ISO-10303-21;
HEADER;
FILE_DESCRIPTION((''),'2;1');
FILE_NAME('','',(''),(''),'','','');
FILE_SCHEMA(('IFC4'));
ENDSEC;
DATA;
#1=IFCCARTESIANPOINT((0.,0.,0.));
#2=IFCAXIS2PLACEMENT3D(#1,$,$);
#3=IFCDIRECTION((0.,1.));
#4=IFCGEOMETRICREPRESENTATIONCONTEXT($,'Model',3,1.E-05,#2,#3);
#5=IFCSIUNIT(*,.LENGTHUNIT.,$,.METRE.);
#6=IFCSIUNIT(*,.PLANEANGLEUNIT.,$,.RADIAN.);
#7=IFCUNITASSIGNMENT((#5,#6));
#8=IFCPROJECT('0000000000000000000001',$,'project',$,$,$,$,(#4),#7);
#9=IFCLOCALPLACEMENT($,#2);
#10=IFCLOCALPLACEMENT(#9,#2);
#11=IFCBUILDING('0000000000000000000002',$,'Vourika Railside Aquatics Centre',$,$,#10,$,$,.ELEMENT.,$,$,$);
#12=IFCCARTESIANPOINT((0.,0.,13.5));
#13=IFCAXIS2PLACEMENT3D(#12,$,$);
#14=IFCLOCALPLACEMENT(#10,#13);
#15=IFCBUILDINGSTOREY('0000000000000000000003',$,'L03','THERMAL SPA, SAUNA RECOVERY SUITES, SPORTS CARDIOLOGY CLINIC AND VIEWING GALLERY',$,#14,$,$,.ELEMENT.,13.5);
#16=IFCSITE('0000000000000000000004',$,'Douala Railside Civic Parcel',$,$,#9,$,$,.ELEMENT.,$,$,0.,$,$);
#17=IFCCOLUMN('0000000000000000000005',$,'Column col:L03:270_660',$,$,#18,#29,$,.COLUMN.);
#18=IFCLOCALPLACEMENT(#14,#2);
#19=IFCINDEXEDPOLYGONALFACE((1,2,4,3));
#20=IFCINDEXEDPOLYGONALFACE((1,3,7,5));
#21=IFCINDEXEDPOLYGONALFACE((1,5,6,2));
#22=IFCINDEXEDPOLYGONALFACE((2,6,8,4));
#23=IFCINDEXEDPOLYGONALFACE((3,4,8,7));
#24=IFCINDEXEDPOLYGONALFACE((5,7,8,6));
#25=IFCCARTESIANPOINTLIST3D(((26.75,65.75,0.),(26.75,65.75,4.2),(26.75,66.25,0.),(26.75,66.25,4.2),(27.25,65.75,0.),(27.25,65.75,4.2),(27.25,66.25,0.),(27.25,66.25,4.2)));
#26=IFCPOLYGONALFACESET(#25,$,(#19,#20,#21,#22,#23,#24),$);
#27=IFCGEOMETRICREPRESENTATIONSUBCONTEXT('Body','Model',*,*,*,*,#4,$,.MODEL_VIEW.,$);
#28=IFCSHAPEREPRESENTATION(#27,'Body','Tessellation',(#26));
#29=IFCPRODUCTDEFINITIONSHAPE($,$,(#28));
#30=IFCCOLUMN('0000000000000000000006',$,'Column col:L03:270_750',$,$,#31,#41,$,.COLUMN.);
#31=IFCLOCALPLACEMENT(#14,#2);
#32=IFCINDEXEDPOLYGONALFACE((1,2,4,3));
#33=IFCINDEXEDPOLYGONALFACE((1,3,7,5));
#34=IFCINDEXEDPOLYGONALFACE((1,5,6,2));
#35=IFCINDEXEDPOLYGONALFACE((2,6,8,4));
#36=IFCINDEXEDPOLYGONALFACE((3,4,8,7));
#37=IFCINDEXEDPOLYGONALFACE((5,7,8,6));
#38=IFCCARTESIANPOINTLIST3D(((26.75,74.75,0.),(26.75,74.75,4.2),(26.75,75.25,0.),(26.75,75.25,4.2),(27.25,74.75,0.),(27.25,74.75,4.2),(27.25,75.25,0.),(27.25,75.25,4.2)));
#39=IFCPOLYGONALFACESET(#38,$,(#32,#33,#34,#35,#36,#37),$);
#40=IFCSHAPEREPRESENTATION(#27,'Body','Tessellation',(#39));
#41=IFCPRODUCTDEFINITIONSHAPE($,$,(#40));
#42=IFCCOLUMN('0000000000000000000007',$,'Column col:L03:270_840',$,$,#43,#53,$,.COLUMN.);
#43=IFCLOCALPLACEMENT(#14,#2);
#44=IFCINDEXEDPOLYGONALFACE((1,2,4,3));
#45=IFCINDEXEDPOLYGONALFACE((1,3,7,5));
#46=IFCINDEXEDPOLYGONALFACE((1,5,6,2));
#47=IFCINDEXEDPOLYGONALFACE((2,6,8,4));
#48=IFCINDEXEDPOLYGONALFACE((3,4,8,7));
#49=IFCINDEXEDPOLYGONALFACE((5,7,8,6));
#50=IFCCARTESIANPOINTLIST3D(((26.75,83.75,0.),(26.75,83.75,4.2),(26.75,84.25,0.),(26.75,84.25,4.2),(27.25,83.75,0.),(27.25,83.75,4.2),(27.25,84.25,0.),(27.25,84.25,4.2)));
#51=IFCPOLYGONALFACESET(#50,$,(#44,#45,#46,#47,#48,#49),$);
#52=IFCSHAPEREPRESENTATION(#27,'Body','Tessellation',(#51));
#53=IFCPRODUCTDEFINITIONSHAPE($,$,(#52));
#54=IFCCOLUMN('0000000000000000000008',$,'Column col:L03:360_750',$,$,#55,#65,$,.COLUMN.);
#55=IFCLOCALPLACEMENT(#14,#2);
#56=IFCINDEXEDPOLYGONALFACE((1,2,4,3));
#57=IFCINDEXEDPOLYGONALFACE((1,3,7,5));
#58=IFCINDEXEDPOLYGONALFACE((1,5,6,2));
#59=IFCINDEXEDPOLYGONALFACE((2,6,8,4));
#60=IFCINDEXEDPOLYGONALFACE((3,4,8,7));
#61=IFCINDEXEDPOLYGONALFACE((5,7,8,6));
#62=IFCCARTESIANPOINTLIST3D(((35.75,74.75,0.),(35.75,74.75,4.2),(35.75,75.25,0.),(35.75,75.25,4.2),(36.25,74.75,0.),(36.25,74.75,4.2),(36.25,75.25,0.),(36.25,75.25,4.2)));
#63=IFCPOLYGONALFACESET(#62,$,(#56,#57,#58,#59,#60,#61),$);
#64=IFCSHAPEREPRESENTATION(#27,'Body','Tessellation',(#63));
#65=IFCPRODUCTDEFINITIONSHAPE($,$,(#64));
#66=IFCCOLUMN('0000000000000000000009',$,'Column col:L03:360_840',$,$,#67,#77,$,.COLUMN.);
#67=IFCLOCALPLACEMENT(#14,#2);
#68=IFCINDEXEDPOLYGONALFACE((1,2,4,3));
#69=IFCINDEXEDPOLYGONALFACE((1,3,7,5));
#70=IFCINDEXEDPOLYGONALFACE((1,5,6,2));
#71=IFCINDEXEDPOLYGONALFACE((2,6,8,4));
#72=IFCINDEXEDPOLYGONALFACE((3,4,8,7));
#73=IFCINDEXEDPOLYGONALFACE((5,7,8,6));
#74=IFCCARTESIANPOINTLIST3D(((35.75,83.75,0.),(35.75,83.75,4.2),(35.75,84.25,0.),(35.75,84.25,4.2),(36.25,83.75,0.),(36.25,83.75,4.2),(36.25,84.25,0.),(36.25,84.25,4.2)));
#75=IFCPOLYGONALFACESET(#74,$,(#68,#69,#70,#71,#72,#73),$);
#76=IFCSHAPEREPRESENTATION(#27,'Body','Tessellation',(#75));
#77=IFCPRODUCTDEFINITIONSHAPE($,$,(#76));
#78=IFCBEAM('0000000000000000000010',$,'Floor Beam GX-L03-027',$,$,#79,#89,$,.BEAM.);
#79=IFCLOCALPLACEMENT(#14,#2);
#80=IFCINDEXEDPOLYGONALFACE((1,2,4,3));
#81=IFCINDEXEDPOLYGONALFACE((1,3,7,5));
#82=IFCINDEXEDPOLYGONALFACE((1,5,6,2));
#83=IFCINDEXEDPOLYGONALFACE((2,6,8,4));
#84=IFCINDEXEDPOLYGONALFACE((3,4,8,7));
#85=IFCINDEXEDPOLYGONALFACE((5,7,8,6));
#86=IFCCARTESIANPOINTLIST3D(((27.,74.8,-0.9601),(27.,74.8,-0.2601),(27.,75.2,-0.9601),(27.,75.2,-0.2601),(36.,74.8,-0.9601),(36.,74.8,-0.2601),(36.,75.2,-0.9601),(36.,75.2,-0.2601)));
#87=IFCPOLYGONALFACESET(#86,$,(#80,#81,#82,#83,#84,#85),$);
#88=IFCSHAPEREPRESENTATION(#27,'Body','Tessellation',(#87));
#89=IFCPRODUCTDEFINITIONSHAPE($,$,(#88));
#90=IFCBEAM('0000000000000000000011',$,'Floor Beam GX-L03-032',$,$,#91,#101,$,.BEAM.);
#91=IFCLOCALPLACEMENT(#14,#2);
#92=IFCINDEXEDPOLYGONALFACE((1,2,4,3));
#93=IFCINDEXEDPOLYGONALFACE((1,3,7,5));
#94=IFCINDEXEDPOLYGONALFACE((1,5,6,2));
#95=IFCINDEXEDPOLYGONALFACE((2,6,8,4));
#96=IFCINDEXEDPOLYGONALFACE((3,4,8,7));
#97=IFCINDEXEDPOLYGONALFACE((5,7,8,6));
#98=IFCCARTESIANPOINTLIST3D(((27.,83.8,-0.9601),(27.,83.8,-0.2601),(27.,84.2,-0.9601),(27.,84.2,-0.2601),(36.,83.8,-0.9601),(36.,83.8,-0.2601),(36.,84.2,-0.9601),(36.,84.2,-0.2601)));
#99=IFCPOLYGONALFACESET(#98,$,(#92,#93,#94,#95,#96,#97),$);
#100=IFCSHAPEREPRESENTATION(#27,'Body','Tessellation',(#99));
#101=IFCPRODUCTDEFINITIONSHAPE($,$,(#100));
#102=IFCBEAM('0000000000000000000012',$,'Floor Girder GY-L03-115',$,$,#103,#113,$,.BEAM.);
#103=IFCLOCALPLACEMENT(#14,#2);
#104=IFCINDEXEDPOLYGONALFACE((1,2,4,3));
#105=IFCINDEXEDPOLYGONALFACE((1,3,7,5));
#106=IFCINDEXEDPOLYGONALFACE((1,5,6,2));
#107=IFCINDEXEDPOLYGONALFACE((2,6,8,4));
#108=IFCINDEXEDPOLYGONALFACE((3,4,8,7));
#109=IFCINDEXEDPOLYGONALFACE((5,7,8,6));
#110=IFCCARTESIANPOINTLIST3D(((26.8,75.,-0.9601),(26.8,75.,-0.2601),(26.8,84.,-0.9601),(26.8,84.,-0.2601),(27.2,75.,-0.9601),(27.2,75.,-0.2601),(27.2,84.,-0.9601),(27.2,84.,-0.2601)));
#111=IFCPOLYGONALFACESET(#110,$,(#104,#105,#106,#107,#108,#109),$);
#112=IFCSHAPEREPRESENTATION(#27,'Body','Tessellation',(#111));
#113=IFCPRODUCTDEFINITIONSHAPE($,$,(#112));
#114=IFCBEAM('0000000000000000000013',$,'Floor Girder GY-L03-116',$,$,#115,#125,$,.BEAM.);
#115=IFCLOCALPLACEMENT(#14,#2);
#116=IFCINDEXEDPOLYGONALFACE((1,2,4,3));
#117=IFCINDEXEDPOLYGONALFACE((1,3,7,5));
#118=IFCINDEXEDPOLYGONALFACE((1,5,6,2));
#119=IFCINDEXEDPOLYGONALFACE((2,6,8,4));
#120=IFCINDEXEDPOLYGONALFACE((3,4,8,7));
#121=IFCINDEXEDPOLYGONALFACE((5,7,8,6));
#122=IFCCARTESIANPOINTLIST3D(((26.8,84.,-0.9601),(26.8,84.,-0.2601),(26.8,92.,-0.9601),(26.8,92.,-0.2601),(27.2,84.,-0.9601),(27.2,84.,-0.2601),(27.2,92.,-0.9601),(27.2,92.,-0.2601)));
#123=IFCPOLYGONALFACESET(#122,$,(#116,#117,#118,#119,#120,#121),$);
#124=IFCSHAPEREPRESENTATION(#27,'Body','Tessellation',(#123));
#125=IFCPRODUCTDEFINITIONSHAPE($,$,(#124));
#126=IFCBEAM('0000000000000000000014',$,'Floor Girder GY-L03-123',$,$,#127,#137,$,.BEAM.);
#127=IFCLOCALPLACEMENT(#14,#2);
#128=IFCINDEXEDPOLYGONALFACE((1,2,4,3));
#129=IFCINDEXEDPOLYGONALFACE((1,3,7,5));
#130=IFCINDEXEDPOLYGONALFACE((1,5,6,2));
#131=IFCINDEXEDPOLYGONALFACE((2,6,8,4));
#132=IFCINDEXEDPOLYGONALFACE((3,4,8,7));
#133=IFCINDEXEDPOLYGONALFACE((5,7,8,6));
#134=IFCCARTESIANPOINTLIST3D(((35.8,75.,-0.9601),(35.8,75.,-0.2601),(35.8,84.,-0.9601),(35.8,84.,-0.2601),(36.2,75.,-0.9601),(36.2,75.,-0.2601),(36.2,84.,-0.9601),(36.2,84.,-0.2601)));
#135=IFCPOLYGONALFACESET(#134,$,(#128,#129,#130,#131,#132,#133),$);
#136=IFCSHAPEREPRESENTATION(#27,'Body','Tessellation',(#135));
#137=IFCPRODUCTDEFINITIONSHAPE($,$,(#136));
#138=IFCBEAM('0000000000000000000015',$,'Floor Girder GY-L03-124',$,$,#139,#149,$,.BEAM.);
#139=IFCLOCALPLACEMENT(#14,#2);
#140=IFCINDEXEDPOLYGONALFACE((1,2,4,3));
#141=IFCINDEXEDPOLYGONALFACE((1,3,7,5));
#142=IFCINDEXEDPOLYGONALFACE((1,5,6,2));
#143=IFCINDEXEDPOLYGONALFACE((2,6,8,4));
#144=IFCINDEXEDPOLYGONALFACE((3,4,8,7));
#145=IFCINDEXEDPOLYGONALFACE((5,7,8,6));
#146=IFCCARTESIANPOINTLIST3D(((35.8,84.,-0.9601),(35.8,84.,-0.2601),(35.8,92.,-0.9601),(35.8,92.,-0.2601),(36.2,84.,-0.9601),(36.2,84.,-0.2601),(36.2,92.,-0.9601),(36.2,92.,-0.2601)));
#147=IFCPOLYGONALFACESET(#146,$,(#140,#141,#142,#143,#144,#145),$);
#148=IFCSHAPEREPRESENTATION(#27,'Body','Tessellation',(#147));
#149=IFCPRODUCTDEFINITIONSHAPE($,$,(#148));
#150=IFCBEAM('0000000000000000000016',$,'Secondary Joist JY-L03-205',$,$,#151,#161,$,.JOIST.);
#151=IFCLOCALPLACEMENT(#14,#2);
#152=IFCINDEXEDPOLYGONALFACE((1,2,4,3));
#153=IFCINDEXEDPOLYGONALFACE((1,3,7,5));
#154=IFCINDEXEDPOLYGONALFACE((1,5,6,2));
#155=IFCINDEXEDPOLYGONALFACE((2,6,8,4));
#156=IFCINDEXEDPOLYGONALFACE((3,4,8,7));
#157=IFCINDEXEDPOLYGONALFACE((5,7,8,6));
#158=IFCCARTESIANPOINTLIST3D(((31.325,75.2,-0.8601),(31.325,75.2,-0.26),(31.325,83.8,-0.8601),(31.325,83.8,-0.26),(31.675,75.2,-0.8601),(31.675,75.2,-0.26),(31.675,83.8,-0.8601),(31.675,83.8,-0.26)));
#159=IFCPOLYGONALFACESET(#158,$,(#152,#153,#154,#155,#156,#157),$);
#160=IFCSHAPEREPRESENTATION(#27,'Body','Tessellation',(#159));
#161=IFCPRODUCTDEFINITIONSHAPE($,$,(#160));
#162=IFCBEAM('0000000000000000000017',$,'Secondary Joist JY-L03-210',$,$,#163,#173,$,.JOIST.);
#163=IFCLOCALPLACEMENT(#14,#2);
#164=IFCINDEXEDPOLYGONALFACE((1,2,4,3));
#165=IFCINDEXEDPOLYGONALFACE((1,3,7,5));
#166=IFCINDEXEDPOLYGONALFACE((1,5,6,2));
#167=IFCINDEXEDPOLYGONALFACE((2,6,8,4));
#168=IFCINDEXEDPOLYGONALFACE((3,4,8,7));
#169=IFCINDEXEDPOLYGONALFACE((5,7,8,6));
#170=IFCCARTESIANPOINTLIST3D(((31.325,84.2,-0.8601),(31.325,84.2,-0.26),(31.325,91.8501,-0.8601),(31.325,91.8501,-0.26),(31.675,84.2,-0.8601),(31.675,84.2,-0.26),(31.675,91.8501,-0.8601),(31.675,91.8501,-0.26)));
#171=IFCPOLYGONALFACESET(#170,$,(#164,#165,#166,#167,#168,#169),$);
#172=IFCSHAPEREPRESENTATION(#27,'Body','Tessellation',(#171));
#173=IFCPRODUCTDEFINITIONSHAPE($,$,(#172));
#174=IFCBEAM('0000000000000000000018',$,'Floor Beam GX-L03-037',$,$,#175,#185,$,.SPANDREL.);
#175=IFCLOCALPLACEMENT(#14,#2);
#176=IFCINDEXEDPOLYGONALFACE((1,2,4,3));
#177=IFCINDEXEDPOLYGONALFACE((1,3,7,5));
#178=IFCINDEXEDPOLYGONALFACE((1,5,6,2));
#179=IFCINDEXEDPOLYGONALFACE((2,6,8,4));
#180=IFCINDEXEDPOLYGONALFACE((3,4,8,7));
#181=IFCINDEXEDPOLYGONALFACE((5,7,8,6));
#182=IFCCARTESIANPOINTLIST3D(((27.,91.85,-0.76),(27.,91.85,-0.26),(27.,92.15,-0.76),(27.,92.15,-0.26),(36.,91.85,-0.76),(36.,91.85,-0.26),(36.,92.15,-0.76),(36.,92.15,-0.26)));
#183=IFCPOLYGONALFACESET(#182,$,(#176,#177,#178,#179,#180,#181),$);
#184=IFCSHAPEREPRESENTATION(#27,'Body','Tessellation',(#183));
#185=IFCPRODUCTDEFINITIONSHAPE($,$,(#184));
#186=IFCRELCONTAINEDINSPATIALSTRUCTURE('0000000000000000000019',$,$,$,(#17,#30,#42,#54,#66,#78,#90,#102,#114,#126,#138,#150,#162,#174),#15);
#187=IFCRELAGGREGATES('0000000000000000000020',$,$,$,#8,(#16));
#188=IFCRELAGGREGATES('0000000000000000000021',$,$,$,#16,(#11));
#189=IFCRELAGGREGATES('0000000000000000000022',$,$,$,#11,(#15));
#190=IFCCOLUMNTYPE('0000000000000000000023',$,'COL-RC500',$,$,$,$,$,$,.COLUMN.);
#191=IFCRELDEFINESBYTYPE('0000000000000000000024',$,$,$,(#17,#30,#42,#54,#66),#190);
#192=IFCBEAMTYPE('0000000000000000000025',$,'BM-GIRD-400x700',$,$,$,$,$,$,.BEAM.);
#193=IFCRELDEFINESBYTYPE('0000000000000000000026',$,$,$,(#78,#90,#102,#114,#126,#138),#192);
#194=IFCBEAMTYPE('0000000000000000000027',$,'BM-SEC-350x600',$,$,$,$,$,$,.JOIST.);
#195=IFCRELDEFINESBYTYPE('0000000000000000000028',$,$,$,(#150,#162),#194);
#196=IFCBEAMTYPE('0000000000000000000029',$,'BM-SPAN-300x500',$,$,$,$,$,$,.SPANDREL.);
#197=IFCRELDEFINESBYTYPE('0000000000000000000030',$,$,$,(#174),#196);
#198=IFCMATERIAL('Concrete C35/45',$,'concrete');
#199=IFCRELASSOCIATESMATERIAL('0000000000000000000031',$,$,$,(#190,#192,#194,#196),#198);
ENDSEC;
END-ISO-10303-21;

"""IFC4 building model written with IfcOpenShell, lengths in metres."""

from ifc_helpers import new_model, si_unit, direction, frame, origin, origin_2d, place, context, subcontext, project, spatial, rectangle, extrude, material, material_profile, profile_set, type_object, element, save


model = new_model("IFC4")

# Units and contexts
model_context = context("Model", 3, precision=1e-05, world=origin(), true_north=direction((0.0, 1.0)))
body_context = subcontext(model_context, "Body", "Model", "MODEL_VIEW")
ifc_project = project(units=[si_unit("LENGTHUNIT", "METRE"), si_unit("PLANEANGLEUNIT", "RADIAN")], contexts=[model_context])

# Site, building, storey
site_placement = place(None, origin())
site = spatial("IfcSite", under=ifc_project, at=site_placement, Name="Douala Railside Civic Parcel", CompositionType="ELEMENT", RefElevation=0.0)
building_placement = place(site_placement, origin())
building = spatial("IfcBuilding", under=site, at=building_placement, Name="Vourika Railside Aquatics Centre", CompositionType="ELEMENT")
storey_placement = place(building_placement, frame((0.0, 0.0, 13.5)))
storey = spatial("IfcBuildingStorey", under=building, at=storey_placement, Name="L03", Description="THERMAL SPA, SAUNA RECOVERY SUITES, SPORTS CARDIOLOGY CLINIC AND VIEWING GALLERY", CompositionType="ELEMENT", Elevation=13.5)

# Columns
ifc_material_1 = material(Name="Concrete C35/45", Category="concrete")
ifc_material_profile_1 = material_profile(ifc_material_1, rectangle(XDim=0.5, YDim=0.5, at=origin_2d()), Name="RC 500x500")
ifc_profile_set_1 = profile_set([ifc_material_profile_1], Name="Concrete C35/45")
column_type = type_object("IfcColumnType", Name="COL-RC500", PredefinedType="COLUMN", material=ifc_profile_set_1)
for number, where, z_axis, x_axis, name in (
    (1, (27.0, 66.0, 0.0), (0.0, 0.0, 1.0), (1.0, 0.0, 0.0), "Column col:L03:270_660"),
    (2, (27.0, 75.0, 0.0), (0.0, 0.0, 1.0), (1.0, 0.0, 0.0), "Column col:L03:270_750"),
    (3, (27.0, 84.0, 0.0), (0.0, 0.0, 1.0), (1.0, 0.0, 0.0), "Column col:L03:270_840"),
    (4, (36.0, 75.0, 0.0), (0.0, 0.0, 1.0), (1.0, 0.0, 0.0), "Column col:L03:360_750"),
    (5, (36.0, 84.0, 0.0), (0.0, 0.0, 1.0), (1.0, 0.0, 0.0), "Column col:L03:360_840"),
):
    element("IfcColumn", number, at=place(storey_placement, frame(where, z_axis=z_axis, x_axis=x_axis)), inside=storey, type_object=column_type, Name=name, PredefinedType="COLUMN", context=body_context, shape_type="SweptSolid", body=[
        extrude(rectangle(XDim=0.5, YDim=0.5, at=origin_2d()), origin(), (0.0, 0.0, 1.0), 4.2),
    ])

# Beams
ifc_material_profile_2 = material_profile(ifc_material_1, rectangle(XDim=0.3999, YDim=0.7, at=origin_2d()), Name="RC 400x700")
ifc_profile_set_2 = profile_set([ifc_material_profile_2], Name="Concrete C35/45")
beam_type_1 = type_object("IfcBeamType", Name="BM-GIRD-400x700", PredefinedType="BEAM", material=ifc_profile_set_2)
for number, where, z_axis, x_axis, name in (
    (6, (27.0, 75.0, -0.6101), (1.0, 0.0, 0.0), (0.0, 1.0, 0.0), "Floor Beam GX-L03-027"),
    (7, (27.0, 84.0, -0.6101), (1.0, 0.0, 0.0), (0.0, 1.0, 0.0), "Floor Beam GX-L03-032"),
    (8, (27.0, 75.0, -0.6101), (0.0, 1.0, 0.0), (-1.0, 0.0, 0.0), "Floor Girder GY-L03-115"),
):
    element("IfcBeam", number, at=place(storey_placement, frame(where, z_axis=z_axis, x_axis=x_axis)), inside=storey, type_object=beam_type_1, Name=name, PredefinedType="BEAM", context=body_context, shape_type="SweptSolid", body=[
        extrude(rectangle(XDim=0.3999, YDim=0.7, at=origin_2d()), origin(), (0.0, 0.0, 1.0), 9.0),
    ])
beam_1_placement = place(storey_placement, frame((27.0, 84.0, -0.6101), z_axis=(0.0, 1.0, 0.0), x_axis=(-1.0, 0.0, 0.0)))
element("IfcBeam", 9, at=beam_1_placement, inside=storey, type_object=beam_type_1, Name="Floor Girder GY-L03-116", PredefinedType="BEAM", context=body_context, shape_type="SweptSolid", body=[
    extrude(rectangle(XDim=0.3999, YDim=0.7, at=origin_2d()), origin(), (0.0, 0.0, 1.0), 8.0),
])
beam_2_placement = place(storey_placement, frame((36.0, 75.0, -0.6101), z_axis=(0.0, 1.0, 0.0), x_axis=(-1.0, 0.0, 0.0)))
element("IfcBeam", 10, at=beam_2_placement, inside=storey, type_object=beam_type_1, Name="Floor Girder GY-L03-123", PredefinedType="BEAM", context=body_context, shape_type="SweptSolid", body=[
    extrude(rectangle(XDim=0.3999, YDim=0.7, at=origin_2d()), origin(), (0.0, 0.0, 1.0), 9.0),
])
beam_3_placement = place(storey_placement, frame((36.0, 84.0, -0.6101), z_axis=(0.0, 1.0, 0.0), x_axis=(-1.0, 0.0, 0.0)))
element("IfcBeam", 11, at=beam_3_placement, inside=storey, type_object=beam_type_1, Name="Floor Girder GY-L03-124", PredefinedType="BEAM", context=body_context, shape_type="SweptSolid", body=[
    extrude(rectangle(XDim=0.3999, YDim=0.7, at=origin_2d()), origin(), (0.0, 0.0, 1.0), 8.0),
])
ifc_material_profile_3 = material_profile(ifc_material_1, rectangle(XDim=0.3501, YDim=0.6001, at=origin_2d()), Name="RC 350x600")
ifc_profile_set_3 = profile_set([ifc_material_profile_3], Name="Concrete C35/45")
beam_type_2 = type_object("IfcBeamType", Name="BM-SEC-350x600", PredefinedType="JOIST", material=ifc_profile_set_3)
beam_4_placement = place(storey_placement, frame((31.5, 75.2, -0.5601), z_axis=(0.0, 1.0, 0.0), x_axis=(-1.0, 0.0, 0.0)))
element("IfcBeam", 12, at=beam_4_placement, inside=storey, type_object=beam_type_2, Name="Secondary Joist JY-L03-205", PredefinedType="JOIST", context=body_context, shape_type="SweptSolid", body=[
    extrude(rectangle(XDim=0.3501, YDim=0.6001, at=origin_2d()), origin(), (0.0, 0.0, 1.0), 8.6001),
])
beam_5_placement = place(storey_placement, frame((31.5, 84.2, -0.5601), z_axis=(0.0, 1.0, 0.0), x_axis=(-1.0, 0.0, 0.0)))
element("IfcBeam", 13, at=beam_5_placement, inside=storey, type_object=beam_type_2, Name="Secondary Joist JY-L03-210", PredefinedType="JOIST", context=body_context, shape_type="SweptSolid", body=[
    extrude(rectangle(XDim=0.3501, YDim=0.6001, at=origin_2d()), origin(), (0.0, 0.0, 1.0), 7.6501),
])
ifc_material_profile_4 = material_profile(ifc_material_1, rectangle(XDim=0.3, YDim=0.5, at=origin_2d()), Name="RC 300x500")
ifc_profile_set_4 = profile_set([ifc_material_profile_4], Name="Concrete C35/45")
beam_type_3 = type_object("IfcBeamType", Name="BM-SPAN-300x500", PredefinedType="SPANDREL", material=ifc_profile_set_4)
beam_6_placement = place(storey_placement, frame((27.0, 92.0, -0.51), z_axis=(1.0, 0.0, 0.0), x_axis=(0.0, 1.0, 0.0)))
element("IfcBeam", 14, at=beam_6_placement, inside=storey, type_object=beam_type_3, Name="Floor Beam GX-L03-037", PredefinedType="SPANDREL", context=body_context, shape_type="SweptSolid", body=[
    extrude(rectangle(XDim=0.3, YDim=0.5, at=origin_2d()), origin(), (0.0, 0.0, 1.0), 9.0),
])

save(model, "model.ifc")
